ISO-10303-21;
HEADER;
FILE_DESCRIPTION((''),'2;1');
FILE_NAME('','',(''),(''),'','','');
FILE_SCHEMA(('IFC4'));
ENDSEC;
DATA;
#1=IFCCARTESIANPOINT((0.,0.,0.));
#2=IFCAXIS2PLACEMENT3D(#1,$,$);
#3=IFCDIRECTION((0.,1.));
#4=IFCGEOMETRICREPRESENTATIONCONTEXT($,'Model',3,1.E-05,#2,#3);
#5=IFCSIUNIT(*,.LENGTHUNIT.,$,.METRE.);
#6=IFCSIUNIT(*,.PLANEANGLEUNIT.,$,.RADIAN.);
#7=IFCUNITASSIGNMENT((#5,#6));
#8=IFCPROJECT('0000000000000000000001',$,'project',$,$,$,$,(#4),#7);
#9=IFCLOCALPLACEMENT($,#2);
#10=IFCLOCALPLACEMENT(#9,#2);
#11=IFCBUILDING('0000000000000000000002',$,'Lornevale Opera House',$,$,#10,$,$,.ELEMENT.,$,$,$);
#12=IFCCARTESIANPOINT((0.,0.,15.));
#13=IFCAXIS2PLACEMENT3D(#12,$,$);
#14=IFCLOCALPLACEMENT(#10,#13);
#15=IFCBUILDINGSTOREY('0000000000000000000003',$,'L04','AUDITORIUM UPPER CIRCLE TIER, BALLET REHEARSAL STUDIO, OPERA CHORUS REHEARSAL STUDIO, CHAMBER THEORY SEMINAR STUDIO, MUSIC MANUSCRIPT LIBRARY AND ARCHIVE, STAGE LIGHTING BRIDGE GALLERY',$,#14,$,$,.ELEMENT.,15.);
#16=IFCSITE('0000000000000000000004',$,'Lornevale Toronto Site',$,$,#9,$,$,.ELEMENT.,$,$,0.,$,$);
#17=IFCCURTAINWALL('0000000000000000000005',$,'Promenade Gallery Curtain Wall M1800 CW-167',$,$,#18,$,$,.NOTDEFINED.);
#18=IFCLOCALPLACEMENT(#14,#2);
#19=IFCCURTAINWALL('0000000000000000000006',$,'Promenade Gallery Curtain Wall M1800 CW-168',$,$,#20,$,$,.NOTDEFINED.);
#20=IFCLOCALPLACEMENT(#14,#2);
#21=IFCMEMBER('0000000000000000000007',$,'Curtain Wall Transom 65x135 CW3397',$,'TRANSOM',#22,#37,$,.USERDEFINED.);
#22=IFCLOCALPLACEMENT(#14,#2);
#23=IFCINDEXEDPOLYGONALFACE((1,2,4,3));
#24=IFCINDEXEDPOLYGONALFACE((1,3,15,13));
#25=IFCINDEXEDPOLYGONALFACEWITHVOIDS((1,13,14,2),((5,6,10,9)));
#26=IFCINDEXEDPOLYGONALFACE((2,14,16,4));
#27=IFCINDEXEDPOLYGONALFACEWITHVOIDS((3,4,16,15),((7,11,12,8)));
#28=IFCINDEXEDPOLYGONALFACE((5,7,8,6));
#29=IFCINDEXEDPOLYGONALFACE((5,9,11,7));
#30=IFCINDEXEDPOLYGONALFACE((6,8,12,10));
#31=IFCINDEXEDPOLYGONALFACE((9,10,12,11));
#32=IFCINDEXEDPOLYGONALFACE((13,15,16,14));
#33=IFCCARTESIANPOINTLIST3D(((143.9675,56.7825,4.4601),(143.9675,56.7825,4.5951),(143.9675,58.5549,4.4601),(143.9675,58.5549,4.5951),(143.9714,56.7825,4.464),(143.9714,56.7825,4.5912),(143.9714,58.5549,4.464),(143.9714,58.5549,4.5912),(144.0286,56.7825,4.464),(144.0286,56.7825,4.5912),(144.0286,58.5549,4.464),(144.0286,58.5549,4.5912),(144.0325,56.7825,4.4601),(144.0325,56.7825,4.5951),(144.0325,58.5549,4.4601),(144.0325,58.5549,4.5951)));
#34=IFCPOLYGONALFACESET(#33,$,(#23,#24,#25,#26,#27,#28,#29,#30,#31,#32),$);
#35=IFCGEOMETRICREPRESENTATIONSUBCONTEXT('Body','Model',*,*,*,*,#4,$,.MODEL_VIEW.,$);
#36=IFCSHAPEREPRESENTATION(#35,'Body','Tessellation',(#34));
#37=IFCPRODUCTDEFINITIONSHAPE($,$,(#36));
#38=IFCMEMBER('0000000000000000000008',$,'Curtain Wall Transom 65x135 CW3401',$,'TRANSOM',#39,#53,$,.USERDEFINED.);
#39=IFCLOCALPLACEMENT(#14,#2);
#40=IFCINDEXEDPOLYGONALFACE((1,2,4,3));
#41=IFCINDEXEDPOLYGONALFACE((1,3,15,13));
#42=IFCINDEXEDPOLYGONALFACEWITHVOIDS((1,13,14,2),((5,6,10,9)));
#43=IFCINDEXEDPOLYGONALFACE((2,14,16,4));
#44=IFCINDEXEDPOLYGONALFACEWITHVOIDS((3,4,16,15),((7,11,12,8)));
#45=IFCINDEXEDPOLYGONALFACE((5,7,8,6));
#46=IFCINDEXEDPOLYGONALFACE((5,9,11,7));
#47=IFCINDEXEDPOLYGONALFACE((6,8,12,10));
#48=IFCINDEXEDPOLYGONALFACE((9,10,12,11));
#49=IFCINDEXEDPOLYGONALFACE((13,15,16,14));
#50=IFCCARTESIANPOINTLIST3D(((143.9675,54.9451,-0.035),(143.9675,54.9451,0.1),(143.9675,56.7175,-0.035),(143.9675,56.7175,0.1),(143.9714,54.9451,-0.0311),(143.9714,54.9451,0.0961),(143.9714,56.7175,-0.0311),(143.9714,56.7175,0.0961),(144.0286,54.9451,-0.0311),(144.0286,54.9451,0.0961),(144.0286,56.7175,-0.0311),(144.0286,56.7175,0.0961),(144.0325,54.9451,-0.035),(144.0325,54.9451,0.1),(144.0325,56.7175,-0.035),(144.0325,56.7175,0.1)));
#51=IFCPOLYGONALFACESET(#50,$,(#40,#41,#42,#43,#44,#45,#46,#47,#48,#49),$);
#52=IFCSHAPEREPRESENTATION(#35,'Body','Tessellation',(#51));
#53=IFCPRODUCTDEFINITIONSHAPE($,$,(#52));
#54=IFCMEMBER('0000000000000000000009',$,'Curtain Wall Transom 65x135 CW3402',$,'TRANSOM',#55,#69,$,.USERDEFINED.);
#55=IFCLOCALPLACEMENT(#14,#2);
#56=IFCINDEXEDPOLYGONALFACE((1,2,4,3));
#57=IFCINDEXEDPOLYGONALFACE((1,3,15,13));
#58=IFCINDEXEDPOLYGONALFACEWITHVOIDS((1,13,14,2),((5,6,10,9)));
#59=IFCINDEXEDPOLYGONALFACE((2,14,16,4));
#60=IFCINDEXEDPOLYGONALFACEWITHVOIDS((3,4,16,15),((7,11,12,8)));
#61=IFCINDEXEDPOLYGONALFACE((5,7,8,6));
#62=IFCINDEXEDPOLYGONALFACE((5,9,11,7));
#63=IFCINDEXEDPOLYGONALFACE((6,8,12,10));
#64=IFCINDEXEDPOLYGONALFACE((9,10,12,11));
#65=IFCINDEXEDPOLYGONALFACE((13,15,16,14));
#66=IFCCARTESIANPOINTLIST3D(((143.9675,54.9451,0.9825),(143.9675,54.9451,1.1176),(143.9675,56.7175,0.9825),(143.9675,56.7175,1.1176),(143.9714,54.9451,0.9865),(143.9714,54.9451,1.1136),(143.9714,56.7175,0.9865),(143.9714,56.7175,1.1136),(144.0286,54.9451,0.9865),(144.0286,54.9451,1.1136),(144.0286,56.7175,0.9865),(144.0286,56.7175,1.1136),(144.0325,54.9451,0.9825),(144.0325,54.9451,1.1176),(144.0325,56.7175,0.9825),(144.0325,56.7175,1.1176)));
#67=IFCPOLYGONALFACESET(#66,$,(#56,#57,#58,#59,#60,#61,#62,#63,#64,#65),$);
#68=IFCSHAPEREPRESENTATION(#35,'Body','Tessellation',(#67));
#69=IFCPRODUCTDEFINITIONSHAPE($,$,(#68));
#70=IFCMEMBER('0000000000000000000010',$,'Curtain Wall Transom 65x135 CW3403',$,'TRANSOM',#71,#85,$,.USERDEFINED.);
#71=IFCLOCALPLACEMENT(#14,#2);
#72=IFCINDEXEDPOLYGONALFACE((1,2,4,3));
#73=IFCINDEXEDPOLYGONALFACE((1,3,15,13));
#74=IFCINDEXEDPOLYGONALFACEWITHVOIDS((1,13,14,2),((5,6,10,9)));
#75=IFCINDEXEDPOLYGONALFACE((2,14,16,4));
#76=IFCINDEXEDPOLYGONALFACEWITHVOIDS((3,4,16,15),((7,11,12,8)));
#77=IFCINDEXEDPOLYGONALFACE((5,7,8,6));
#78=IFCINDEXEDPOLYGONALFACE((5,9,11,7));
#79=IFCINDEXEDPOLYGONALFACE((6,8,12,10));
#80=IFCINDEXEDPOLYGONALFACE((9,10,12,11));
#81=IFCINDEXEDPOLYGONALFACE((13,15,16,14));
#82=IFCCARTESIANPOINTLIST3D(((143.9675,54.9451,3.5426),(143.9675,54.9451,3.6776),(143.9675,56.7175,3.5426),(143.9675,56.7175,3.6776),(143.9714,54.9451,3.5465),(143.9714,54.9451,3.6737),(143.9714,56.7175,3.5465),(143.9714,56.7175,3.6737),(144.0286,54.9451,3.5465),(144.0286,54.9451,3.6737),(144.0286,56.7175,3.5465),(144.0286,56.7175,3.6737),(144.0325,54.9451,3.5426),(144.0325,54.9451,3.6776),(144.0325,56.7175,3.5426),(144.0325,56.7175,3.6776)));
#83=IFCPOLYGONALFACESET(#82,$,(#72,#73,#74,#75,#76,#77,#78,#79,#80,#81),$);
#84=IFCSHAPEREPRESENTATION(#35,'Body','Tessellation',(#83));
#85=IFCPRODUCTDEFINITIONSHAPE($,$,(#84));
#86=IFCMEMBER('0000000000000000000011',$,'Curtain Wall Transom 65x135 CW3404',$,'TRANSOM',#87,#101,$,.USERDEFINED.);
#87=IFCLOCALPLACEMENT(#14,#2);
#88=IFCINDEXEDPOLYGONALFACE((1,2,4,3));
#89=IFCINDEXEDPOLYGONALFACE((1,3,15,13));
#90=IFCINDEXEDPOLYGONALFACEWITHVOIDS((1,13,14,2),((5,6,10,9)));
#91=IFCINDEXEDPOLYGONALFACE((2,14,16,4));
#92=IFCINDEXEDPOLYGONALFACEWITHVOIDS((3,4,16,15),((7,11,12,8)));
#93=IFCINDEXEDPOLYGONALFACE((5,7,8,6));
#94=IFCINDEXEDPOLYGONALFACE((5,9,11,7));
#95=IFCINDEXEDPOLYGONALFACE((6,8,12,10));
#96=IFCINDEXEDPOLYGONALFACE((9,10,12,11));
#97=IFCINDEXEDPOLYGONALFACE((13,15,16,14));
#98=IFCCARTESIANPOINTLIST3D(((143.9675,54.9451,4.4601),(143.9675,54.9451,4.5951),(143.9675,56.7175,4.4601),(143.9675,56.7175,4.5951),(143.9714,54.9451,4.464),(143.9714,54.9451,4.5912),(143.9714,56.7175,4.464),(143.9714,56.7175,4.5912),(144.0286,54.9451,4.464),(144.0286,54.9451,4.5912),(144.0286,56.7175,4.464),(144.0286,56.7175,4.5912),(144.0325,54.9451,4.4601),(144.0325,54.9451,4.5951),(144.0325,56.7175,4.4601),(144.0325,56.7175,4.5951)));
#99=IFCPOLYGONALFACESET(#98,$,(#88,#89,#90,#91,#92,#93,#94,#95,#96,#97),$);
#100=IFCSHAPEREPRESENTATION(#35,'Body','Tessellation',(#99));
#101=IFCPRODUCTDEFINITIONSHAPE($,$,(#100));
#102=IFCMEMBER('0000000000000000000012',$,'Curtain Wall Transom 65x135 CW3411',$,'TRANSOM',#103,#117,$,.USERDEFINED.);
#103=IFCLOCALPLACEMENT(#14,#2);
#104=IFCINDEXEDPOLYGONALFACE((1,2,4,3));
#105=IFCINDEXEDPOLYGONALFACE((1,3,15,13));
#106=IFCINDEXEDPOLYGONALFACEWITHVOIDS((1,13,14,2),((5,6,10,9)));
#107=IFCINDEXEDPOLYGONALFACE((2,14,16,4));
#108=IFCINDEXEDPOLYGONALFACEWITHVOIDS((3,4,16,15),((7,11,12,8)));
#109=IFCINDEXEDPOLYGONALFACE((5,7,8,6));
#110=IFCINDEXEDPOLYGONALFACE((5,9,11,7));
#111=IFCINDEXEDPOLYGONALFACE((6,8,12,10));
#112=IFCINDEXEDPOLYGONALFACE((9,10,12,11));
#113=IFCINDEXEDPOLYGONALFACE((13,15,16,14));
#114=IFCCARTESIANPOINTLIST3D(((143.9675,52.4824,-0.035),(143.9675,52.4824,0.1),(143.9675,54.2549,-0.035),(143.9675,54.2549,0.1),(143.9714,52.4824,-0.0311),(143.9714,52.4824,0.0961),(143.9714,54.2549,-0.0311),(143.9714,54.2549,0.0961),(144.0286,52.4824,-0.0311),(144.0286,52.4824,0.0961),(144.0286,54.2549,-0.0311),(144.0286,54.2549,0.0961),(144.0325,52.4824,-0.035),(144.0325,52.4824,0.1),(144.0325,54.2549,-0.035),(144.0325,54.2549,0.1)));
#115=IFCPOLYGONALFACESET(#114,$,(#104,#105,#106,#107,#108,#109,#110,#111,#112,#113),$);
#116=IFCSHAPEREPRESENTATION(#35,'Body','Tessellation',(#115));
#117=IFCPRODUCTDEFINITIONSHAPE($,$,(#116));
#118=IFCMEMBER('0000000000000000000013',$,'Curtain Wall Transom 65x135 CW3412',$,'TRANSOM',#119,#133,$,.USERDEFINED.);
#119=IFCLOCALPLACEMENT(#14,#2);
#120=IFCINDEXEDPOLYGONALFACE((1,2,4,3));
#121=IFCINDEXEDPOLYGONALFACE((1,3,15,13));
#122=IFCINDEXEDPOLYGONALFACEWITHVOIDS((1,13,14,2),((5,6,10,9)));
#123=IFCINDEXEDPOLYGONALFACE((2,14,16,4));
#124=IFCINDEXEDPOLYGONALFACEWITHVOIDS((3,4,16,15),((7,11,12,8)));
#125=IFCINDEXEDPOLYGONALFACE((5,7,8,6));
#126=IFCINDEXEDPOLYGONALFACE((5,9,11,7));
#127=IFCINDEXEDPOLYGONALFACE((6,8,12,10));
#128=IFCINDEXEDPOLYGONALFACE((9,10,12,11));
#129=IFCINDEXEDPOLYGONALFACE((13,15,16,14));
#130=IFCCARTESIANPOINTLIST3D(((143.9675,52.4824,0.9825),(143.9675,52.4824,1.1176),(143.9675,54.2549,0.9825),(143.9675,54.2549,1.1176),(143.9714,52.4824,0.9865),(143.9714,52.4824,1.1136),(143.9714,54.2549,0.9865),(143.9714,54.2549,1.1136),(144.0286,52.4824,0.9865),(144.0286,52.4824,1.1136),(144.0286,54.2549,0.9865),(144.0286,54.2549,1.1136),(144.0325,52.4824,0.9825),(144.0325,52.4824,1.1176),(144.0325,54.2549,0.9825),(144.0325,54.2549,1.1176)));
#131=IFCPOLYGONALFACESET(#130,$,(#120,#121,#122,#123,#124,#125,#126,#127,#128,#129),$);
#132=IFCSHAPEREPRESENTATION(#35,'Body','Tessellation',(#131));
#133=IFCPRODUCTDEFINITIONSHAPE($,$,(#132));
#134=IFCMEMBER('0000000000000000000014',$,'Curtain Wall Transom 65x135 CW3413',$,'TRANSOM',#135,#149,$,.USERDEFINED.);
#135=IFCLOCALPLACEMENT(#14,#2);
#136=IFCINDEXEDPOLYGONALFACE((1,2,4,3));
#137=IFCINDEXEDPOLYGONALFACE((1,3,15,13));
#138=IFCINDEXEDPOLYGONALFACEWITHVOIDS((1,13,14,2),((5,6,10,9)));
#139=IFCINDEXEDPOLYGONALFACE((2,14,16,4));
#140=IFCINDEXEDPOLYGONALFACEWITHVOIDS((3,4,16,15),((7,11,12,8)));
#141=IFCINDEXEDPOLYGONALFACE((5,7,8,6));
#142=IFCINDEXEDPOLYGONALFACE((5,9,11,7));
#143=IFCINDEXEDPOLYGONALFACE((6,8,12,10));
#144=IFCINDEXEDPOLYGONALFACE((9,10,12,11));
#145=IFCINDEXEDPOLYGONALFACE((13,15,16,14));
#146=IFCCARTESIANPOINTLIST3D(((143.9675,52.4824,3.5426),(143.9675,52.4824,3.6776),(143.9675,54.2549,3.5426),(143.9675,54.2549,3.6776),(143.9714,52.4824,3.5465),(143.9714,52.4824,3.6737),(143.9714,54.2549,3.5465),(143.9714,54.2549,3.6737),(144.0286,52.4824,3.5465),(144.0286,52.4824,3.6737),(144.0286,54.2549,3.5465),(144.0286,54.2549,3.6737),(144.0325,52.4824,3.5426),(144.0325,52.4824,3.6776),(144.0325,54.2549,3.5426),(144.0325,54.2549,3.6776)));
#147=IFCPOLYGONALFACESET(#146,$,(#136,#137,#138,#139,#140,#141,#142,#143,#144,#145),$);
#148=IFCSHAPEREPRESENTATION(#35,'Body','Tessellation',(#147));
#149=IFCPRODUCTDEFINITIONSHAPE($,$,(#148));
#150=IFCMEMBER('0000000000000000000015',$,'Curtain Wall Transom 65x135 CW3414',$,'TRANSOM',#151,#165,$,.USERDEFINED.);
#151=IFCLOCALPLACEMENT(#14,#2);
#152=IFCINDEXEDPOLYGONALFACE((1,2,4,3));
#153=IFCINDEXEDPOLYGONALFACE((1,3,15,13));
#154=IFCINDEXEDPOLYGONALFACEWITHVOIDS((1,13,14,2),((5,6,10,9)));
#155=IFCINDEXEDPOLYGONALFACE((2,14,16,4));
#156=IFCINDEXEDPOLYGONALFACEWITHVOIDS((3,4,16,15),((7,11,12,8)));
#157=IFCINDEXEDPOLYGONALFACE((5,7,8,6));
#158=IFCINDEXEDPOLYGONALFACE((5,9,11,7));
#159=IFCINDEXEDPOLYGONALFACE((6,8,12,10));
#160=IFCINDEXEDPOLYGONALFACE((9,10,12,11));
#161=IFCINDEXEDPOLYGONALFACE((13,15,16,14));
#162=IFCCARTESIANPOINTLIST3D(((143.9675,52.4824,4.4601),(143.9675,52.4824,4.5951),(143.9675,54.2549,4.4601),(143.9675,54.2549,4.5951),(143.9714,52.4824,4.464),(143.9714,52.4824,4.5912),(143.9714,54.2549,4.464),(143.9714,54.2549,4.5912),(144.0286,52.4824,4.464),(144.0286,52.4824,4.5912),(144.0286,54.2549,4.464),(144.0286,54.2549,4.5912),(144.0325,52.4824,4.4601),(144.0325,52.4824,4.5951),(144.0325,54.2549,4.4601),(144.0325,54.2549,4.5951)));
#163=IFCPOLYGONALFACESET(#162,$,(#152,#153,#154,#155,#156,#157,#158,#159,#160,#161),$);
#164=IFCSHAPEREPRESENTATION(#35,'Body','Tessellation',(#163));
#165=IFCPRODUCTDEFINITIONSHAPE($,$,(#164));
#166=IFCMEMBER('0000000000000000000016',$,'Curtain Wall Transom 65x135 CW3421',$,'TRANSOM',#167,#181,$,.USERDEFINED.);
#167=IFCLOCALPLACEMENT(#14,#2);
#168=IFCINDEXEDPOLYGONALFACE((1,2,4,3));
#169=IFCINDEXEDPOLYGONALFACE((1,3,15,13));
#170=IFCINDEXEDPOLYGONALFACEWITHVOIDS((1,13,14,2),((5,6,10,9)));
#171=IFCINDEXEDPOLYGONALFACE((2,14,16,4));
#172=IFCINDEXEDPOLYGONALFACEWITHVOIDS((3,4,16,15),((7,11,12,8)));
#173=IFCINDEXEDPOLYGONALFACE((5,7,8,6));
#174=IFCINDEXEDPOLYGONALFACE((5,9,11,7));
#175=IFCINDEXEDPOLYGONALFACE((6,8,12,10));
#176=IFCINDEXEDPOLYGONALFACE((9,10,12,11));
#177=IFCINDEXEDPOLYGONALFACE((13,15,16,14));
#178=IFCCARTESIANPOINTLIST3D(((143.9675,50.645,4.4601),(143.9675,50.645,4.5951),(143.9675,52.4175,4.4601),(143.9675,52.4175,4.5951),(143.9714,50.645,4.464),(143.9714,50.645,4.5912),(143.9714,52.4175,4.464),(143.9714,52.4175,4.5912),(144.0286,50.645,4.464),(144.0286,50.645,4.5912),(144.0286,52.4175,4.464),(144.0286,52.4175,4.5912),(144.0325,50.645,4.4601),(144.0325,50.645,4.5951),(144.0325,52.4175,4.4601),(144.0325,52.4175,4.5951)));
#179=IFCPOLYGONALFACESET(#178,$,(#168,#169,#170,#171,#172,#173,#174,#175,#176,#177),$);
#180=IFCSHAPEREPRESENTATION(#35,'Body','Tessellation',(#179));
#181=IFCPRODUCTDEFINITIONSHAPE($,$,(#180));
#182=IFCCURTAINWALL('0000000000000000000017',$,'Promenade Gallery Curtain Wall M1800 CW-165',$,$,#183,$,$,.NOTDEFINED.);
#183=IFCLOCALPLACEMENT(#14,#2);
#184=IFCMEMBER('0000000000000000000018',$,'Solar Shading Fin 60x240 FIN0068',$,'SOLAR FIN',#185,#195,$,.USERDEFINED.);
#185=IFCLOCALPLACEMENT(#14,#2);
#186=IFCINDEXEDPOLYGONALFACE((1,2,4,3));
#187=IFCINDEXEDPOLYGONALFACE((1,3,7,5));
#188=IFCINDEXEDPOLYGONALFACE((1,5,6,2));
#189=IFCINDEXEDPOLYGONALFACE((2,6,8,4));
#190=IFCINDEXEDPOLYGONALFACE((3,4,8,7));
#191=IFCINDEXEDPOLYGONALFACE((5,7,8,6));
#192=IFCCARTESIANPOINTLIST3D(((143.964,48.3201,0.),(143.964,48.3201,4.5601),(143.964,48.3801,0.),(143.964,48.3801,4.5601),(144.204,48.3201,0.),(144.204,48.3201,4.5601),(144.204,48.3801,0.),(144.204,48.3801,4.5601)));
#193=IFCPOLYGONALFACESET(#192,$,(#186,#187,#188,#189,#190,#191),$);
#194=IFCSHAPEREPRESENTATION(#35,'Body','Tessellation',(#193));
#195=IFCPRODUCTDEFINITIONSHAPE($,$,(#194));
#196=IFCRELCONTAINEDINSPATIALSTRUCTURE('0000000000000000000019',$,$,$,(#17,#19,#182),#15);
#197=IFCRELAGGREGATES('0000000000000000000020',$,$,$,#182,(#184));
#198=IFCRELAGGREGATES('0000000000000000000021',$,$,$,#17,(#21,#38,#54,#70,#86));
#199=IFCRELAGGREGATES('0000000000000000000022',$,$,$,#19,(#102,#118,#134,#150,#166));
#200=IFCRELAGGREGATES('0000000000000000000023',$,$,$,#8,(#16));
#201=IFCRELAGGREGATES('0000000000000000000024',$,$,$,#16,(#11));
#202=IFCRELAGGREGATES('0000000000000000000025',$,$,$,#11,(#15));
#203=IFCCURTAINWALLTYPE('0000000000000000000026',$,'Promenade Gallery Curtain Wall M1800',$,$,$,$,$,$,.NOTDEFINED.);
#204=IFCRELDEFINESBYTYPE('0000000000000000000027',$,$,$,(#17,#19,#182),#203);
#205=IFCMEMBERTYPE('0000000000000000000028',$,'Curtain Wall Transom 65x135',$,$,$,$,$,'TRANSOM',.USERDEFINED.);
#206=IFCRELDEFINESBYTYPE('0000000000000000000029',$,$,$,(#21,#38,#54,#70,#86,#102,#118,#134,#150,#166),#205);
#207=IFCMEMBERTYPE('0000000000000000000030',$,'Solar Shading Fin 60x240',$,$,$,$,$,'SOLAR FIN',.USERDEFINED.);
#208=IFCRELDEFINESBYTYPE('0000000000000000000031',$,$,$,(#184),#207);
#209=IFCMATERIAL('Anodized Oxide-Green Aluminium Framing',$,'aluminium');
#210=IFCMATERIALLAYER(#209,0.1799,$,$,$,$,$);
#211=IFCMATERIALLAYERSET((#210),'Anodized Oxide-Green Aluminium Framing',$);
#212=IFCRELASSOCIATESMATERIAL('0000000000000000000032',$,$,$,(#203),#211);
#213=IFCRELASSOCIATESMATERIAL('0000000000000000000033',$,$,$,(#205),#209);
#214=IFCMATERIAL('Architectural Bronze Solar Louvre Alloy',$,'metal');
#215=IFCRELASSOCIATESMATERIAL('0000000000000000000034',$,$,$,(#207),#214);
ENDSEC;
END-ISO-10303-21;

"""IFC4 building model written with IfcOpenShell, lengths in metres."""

from ifc_helpers import new_model, si_unit, direction, frame, origin, origin_2d, place, context, subcontext, project, spatial, rectangle, hollow_rectangle, extrude, material, layer, layer_set, material_profile, profile_set, type_object, element, aggregate, save


model = new_model("IFC4")

# Units and contexts
model_context = context("Model", 3, precision=1e-05, world=origin(), true_north=direction((0.0, 1.0)))
body_context = subcontext(model_context, "Body", "Model", "MODEL_VIEW")
ifc_project = project(units=[si_unit("LENGTHUNIT", "METRE"), si_unit("PLANEANGLEUNIT", "RADIAN")], contexts=[model_context])

# Site, building, storey
site_placement = place(None, origin())
site = spatial("IfcSite", under=ifc_project, at=site_placement, Name="Lornevale Toronto Site", CompositionType="ELEMENT", RefElevation=0.0)
building_placement = place(site_placement, origin())
building = spatial("IfcBuilding", under=site, at=building_placement, Name="Lornevale Opera House", CompositionType="ELEMENT")
storey_placement = place(building_placement, frame((0.0, 0.0, 15.0)))
storey = spatial("IfcBuildingStorey", under=building, at=storey_placement, Name="L04", Description="AUDITORIUM UPPER CIRCLE TIER, BALLET REHEARSAL STUDIO, OPERA CHORUS REHEARSAL STUDIO, CHAMBER THEORY SEMINAR STUDIO, MUSIC MANUSCRIPT LIBRARY AND ARCHIVE, STAGE LIGHTING BRIDGE GALLERY", CompositionType="ELEMENT", Elevation=15.0)

# Curtain walls
ifc_material_1 = material(Name="Anodized Oxide-Green Aluminium Framing", Category="aluminium")
ifc_layer_1 = layer(ifc_material_1, 0.1799)
ifc_layer_set_1 = layer_set([ifc_layer_1], Name="Anodized Oxide-Green Aluminium Framing")
curtain_wall_type = type_object("IfcCurtainWallType", Name="Promenade Gallery Curtain Wall M1800", PredefinedType="NOTDEFINED", material=ifc_layer_set_1)
curtain_wall_1_placement = place(storey_placement, origin())
curtain_wall_1 = element("IfcCurtainWall", 1, at=curtain_wall_1_placement, inside=storey, type_object=curtain_wall_type, Name="Promenade Gallery Curtain Wall M1800 CW-167", PredefinedType="NOTDEFINED")
curtain_wall_2_placement = place(storey_placement, origin())
curtain_wall_2 = element("IfcCurtainWall", 2, at=curtain_wall_2_placement, inside=storey, type_object=curtain_wall_type, Name="Promenade Gallery Curtain Wall M1800 CW-168", PredefinedType="NOTDEFINED")

# Members
ifc_material_profile_1 = material_profile(ifc_material_1, hollow_rectangle(XDim=0.0649, YDim=0.135, WallThickness=0.0039, at=origin_2d()), Name="ALU65x135x4")
ifc_profile_set_1 = profile_set([ifc_material_profile_1], Name="Anodized Oxide-Green Aluminium Framing")
member_type_1 = type_object("IfcMemberType", Name="Curtain Wall Transom 65x135", ElementType="TRANSOM", PredefinedType="USERDEFINED", material=ifc_profile_set_1)
member_1_placement = place(storey_placement, frame((144.0, 58.5549, 4.5276), z_axis=(0.0, -1.0, 0.0), x_axis=(1.0, 0.0, 0.0)))
member_1 = element("IfcMember", 3, at=member_1_placement, type_object=member_type_1, Name="Curtain Wall Transom 65x135 CW3397", ObjectType="TRANSOM", PredefinedType="USERDEFINED", context=body_context, shape_type="SweptSolid", body=[
    extrude(hollow_rectangle(XDim=0.0649, YDim=0.135, WallThickness=0.0039, at=origin_2d()), origin(), (0.0, 0.0, 1.0), 1.7725),
])
member_2_placement = place(storey_placement, frame((144.0, 56.7175, 0.0325), z_axis=(0.0, -1.0, 0.0), x_axis=(1.0, 0.0, 0.0)))
member_2 = element("IfcMember", 4, at=member_2_placement, type_object=member_type_1, Name="Curtain Wall Transom 65x135 CW3401", ObjectType="TRANSOM", PredefinedType="USERDEFINED", context=body_context, shape_type="SweptSolid", body=[
    extrude(hollow_rectangle(XDim=0.0649, YDim=0.135, WallThickness=0.0039, at=origin_2d()), origin(), (0.0, 0.0, 1.0), 1.7725),
])
member_3_placement = place(storey_placement, frame((144.0, 56.7175, 1.05), z_axis=(0.0, -1.0, 0.0), x_axis=(1.0, 0.0, 0.0)))
member_3 = element("IfcMember", 5, at=member_3_placement, type_object=member_type_1, Name="Curtain Wall Transom 65x135 CW3402", ObjectType="TRANSOM", PredefinedType="USERDEFINED", context=body_context, shape_type="SweptSolid", body=[
    extrude(hollow_rectangle(XDim=0.0649, YDim=0.135, WallThickness=0.0039, at=origin_2d()), origin(), (0.0, 0.0, 1.0), 1.7725),
])
member_4_placement = place(storey_placement, frame((144.0, 56.7175, 3.6101), z_axis=(0.0, -1.0, 0.0), x_axis=(1.0, 0.0, 0.0)))
member_4 = element("IfcMember", 6, at=member_4_placement, type_object=member_type_1, Name="Curtain Wall Transom 65x135 CW3403", ObjectType="TRANSOM", PredefinedType="USERDEFINED", context=body_context, shape_type="SweptSolid", body=[
    extrude(hollow_rectangle(XDim=0.0649, YDim=0.135, WallThickness=0.0039, at=origin_2d()), origin(), (0.0, 0.0, 1.0), 1.7725),
])
member_5_placement = place(storey_placement, frame((144.0, 56.7175, 4.5276), z_axis=(0.0, -1.0, 0.0), x_axis=(1.0, 0.0, 0.0)))
member_5 = element("IfcMember", 7, at=member_5_placement, type_object=member_type_1, Name="Curtain Wall Transom 65x135 CW3404", ObjectType="TRANSOM", PredefinedType="USERDEFINED", context=body_context, shape_type="SweptSolid", body=[
    extrude(hollow_rectangle(XDim=0.0649, YDim=0.135, WallThickness=0.0039, at=origin_2d()), origin(), (0.0, 0.0, 1.0), 1.7725),
])
member_6_placement = place(storey_placement, frame((144.0, 54.2549, 0.0325), z_axis=(0.0, -1.0, 0.0), x_axis=(1.0, 0.0, 0.0)))
member_6 = element("IfcMember", 8, at=member_6_placement, type_object=member_type_1, Name="Curtain Wall Transom 65x135 CW3411", ObjectType="TRANSOM", PredefinedType="USERDEFINED", context=body_context, shape_type="SweptSolid", body=[
    extrude(hollow_rectangle(XDim=0.0649, YDim=0.135, WallThickness=0.0039, at=origin_2d()), origin(), (0.0, 0.0, 1.0), 1.7725),
])
member_7_placement = place(storey_placement, frame((144.0, 54.2549, 1.05), z_axis=(0.0, -1.0, 0.0), x_axis=(1.0, 0.0, 0.0)))
member_7 = element("IfcMember", 9, at=member_7_placement, type_object=member_type_1, Name="Curtain Wall Transom 65x135 CW3412", ObjectType="TRANSOM", PredefinedType="USERDEFINED", context=body_context, shape_type="SweptSolid", body=[
    extrude(hollow_rectangle(XDim=0.0649, YDim=0.135, WallThickness=0.0039, at=origin_2d()), origin(), (0.0, 0.0, 1.0), 1.7725),
])
member_8_placement = place(storey_placement, frame((144.0, 54.2549, 3.6101), z_axis=(0.0, -1.0, 0.0), x_axis=(1.0, 0.0, 0.0)))
member_8 = element("IfcMember", 10, at=member_8_placement, type_object=member_type_1, Name="Curtain Wall Transom 65x135 CW3413", ObjectType="TRANSOM", PredefinedType="USERDEFINED", context=body_context, shape_type="SweptSolid", body=[
    extrude(hollow_rectangle(XDim=0.0649, YDim=0.135, WallThickness=0.0039, at=origin_2d()), origin(), (0.0, 0.0, 1.0), 1.7725),
])
member_9_placement = place(storey_placement, frame((144.0, 54.2549, 4.5276), z_axis=(0.0, -1.0, 0.0), x_axis=(1.0, 0.0, 0.0)))
member_9 = element("IfcMember", 11, at=member_9_placement, type_object=member_type_1, Name="Curtain Wall Transom 65x135 CW3414", ObjectType="TRANSOM", PredefinedType="USERDEFINED", context=body_context, shape_type="SweptSolid", body=[
    extrude(hollow_rectangle(XDim=0.0649, YDim=0.135, WallThickness=0.0039, at=origin_2d()), origin(), (0.0, 0.0, 1.0), 1.7725),
])
member_10_placement = place(storey_placement, frame((144.0, 52.4175, 4.5276), z_axis=(0.0, -1.0, 0.0), x_axis=(1.0, 0.0, 0.0)))
member_10 = element("IfcMember", 12, at=member_10_placement, type_object=member_type_1, Name="Curtain Wall Transom 65x135 CW3421", ObjectType="TRANSOM", PredefinedType="USERDEFINED", context=body_context, shape_type="SweptSolid", body=[
    extrude(hollow_rectangle(XDim=0.0649, YDim=0.135, WallThickness=0.0039, at=origin_2d()), origin(), (0.0, 0.0, 1.0), 1.7725),
])

# Curtain wall, member
curtain_wall_3_placement = place(storey_placement, origin())
curtain_wall_3 = element("IfcCurtainWall", 13, at=curtain_wall_3_placement, inside=storey, type_object=curtain_wall_type, Name="Promenade Gallery Curtain Wall M1800 CW-165", PredefinedType="NOTDEFINED")
ifc_material_2 = material(Name="Architectural Bronze Solar Louvre Alloy", Category="metal")
ifc_material_profile_2 = material_profile(ifc_material_2, rectangle(XDim=0.0601, YDim=0.24, at=origin_2d()), Name="FIN60x240")
ifc_profile_set_2 = profile_set([ifc_material_profile_2], Name="Architectural Bronze Solar Louvre Alloy")
member_type_2 = type_object("IfcMemberType", Name="Solar Shading Fin 60x240", ElementType="SOLAR FIN", PredefinedType="USERDEFINED", material=ifc_profile_set_2)
member_11_placement = place(storey_placement, frame((144.084, 48.3501, 0.0), z_axis=(0.0, 0.0, 1.0), x_axis=(0.0, -1.0, 0.0)))
member_11 = element("IfcMember", 14, at=member_11_placement, type_object=member_type_2, Name="Solar Shading Fin 60x240 FIN0068", ObjectType="SOLAR FIN", PredefinedType="USERDEFINED", context=body_context, shape_type="SweptSolid", body=[
    extrude(rectangle(XDim=0.0601, YDim=0.24, at=origin_2d()), origin(), (0.0, 0.0, 1.0), 4.5601),
])
aggregate(curtain_wall_3, [member_11])

aggregate(curtain_wall_1, [member_1, member_2, member_3, member_4, member_5])
aggregate(curtain_wall_2, [member_6, member_7, member_8, member_9, member_10])

save(model, "model.ifc")
